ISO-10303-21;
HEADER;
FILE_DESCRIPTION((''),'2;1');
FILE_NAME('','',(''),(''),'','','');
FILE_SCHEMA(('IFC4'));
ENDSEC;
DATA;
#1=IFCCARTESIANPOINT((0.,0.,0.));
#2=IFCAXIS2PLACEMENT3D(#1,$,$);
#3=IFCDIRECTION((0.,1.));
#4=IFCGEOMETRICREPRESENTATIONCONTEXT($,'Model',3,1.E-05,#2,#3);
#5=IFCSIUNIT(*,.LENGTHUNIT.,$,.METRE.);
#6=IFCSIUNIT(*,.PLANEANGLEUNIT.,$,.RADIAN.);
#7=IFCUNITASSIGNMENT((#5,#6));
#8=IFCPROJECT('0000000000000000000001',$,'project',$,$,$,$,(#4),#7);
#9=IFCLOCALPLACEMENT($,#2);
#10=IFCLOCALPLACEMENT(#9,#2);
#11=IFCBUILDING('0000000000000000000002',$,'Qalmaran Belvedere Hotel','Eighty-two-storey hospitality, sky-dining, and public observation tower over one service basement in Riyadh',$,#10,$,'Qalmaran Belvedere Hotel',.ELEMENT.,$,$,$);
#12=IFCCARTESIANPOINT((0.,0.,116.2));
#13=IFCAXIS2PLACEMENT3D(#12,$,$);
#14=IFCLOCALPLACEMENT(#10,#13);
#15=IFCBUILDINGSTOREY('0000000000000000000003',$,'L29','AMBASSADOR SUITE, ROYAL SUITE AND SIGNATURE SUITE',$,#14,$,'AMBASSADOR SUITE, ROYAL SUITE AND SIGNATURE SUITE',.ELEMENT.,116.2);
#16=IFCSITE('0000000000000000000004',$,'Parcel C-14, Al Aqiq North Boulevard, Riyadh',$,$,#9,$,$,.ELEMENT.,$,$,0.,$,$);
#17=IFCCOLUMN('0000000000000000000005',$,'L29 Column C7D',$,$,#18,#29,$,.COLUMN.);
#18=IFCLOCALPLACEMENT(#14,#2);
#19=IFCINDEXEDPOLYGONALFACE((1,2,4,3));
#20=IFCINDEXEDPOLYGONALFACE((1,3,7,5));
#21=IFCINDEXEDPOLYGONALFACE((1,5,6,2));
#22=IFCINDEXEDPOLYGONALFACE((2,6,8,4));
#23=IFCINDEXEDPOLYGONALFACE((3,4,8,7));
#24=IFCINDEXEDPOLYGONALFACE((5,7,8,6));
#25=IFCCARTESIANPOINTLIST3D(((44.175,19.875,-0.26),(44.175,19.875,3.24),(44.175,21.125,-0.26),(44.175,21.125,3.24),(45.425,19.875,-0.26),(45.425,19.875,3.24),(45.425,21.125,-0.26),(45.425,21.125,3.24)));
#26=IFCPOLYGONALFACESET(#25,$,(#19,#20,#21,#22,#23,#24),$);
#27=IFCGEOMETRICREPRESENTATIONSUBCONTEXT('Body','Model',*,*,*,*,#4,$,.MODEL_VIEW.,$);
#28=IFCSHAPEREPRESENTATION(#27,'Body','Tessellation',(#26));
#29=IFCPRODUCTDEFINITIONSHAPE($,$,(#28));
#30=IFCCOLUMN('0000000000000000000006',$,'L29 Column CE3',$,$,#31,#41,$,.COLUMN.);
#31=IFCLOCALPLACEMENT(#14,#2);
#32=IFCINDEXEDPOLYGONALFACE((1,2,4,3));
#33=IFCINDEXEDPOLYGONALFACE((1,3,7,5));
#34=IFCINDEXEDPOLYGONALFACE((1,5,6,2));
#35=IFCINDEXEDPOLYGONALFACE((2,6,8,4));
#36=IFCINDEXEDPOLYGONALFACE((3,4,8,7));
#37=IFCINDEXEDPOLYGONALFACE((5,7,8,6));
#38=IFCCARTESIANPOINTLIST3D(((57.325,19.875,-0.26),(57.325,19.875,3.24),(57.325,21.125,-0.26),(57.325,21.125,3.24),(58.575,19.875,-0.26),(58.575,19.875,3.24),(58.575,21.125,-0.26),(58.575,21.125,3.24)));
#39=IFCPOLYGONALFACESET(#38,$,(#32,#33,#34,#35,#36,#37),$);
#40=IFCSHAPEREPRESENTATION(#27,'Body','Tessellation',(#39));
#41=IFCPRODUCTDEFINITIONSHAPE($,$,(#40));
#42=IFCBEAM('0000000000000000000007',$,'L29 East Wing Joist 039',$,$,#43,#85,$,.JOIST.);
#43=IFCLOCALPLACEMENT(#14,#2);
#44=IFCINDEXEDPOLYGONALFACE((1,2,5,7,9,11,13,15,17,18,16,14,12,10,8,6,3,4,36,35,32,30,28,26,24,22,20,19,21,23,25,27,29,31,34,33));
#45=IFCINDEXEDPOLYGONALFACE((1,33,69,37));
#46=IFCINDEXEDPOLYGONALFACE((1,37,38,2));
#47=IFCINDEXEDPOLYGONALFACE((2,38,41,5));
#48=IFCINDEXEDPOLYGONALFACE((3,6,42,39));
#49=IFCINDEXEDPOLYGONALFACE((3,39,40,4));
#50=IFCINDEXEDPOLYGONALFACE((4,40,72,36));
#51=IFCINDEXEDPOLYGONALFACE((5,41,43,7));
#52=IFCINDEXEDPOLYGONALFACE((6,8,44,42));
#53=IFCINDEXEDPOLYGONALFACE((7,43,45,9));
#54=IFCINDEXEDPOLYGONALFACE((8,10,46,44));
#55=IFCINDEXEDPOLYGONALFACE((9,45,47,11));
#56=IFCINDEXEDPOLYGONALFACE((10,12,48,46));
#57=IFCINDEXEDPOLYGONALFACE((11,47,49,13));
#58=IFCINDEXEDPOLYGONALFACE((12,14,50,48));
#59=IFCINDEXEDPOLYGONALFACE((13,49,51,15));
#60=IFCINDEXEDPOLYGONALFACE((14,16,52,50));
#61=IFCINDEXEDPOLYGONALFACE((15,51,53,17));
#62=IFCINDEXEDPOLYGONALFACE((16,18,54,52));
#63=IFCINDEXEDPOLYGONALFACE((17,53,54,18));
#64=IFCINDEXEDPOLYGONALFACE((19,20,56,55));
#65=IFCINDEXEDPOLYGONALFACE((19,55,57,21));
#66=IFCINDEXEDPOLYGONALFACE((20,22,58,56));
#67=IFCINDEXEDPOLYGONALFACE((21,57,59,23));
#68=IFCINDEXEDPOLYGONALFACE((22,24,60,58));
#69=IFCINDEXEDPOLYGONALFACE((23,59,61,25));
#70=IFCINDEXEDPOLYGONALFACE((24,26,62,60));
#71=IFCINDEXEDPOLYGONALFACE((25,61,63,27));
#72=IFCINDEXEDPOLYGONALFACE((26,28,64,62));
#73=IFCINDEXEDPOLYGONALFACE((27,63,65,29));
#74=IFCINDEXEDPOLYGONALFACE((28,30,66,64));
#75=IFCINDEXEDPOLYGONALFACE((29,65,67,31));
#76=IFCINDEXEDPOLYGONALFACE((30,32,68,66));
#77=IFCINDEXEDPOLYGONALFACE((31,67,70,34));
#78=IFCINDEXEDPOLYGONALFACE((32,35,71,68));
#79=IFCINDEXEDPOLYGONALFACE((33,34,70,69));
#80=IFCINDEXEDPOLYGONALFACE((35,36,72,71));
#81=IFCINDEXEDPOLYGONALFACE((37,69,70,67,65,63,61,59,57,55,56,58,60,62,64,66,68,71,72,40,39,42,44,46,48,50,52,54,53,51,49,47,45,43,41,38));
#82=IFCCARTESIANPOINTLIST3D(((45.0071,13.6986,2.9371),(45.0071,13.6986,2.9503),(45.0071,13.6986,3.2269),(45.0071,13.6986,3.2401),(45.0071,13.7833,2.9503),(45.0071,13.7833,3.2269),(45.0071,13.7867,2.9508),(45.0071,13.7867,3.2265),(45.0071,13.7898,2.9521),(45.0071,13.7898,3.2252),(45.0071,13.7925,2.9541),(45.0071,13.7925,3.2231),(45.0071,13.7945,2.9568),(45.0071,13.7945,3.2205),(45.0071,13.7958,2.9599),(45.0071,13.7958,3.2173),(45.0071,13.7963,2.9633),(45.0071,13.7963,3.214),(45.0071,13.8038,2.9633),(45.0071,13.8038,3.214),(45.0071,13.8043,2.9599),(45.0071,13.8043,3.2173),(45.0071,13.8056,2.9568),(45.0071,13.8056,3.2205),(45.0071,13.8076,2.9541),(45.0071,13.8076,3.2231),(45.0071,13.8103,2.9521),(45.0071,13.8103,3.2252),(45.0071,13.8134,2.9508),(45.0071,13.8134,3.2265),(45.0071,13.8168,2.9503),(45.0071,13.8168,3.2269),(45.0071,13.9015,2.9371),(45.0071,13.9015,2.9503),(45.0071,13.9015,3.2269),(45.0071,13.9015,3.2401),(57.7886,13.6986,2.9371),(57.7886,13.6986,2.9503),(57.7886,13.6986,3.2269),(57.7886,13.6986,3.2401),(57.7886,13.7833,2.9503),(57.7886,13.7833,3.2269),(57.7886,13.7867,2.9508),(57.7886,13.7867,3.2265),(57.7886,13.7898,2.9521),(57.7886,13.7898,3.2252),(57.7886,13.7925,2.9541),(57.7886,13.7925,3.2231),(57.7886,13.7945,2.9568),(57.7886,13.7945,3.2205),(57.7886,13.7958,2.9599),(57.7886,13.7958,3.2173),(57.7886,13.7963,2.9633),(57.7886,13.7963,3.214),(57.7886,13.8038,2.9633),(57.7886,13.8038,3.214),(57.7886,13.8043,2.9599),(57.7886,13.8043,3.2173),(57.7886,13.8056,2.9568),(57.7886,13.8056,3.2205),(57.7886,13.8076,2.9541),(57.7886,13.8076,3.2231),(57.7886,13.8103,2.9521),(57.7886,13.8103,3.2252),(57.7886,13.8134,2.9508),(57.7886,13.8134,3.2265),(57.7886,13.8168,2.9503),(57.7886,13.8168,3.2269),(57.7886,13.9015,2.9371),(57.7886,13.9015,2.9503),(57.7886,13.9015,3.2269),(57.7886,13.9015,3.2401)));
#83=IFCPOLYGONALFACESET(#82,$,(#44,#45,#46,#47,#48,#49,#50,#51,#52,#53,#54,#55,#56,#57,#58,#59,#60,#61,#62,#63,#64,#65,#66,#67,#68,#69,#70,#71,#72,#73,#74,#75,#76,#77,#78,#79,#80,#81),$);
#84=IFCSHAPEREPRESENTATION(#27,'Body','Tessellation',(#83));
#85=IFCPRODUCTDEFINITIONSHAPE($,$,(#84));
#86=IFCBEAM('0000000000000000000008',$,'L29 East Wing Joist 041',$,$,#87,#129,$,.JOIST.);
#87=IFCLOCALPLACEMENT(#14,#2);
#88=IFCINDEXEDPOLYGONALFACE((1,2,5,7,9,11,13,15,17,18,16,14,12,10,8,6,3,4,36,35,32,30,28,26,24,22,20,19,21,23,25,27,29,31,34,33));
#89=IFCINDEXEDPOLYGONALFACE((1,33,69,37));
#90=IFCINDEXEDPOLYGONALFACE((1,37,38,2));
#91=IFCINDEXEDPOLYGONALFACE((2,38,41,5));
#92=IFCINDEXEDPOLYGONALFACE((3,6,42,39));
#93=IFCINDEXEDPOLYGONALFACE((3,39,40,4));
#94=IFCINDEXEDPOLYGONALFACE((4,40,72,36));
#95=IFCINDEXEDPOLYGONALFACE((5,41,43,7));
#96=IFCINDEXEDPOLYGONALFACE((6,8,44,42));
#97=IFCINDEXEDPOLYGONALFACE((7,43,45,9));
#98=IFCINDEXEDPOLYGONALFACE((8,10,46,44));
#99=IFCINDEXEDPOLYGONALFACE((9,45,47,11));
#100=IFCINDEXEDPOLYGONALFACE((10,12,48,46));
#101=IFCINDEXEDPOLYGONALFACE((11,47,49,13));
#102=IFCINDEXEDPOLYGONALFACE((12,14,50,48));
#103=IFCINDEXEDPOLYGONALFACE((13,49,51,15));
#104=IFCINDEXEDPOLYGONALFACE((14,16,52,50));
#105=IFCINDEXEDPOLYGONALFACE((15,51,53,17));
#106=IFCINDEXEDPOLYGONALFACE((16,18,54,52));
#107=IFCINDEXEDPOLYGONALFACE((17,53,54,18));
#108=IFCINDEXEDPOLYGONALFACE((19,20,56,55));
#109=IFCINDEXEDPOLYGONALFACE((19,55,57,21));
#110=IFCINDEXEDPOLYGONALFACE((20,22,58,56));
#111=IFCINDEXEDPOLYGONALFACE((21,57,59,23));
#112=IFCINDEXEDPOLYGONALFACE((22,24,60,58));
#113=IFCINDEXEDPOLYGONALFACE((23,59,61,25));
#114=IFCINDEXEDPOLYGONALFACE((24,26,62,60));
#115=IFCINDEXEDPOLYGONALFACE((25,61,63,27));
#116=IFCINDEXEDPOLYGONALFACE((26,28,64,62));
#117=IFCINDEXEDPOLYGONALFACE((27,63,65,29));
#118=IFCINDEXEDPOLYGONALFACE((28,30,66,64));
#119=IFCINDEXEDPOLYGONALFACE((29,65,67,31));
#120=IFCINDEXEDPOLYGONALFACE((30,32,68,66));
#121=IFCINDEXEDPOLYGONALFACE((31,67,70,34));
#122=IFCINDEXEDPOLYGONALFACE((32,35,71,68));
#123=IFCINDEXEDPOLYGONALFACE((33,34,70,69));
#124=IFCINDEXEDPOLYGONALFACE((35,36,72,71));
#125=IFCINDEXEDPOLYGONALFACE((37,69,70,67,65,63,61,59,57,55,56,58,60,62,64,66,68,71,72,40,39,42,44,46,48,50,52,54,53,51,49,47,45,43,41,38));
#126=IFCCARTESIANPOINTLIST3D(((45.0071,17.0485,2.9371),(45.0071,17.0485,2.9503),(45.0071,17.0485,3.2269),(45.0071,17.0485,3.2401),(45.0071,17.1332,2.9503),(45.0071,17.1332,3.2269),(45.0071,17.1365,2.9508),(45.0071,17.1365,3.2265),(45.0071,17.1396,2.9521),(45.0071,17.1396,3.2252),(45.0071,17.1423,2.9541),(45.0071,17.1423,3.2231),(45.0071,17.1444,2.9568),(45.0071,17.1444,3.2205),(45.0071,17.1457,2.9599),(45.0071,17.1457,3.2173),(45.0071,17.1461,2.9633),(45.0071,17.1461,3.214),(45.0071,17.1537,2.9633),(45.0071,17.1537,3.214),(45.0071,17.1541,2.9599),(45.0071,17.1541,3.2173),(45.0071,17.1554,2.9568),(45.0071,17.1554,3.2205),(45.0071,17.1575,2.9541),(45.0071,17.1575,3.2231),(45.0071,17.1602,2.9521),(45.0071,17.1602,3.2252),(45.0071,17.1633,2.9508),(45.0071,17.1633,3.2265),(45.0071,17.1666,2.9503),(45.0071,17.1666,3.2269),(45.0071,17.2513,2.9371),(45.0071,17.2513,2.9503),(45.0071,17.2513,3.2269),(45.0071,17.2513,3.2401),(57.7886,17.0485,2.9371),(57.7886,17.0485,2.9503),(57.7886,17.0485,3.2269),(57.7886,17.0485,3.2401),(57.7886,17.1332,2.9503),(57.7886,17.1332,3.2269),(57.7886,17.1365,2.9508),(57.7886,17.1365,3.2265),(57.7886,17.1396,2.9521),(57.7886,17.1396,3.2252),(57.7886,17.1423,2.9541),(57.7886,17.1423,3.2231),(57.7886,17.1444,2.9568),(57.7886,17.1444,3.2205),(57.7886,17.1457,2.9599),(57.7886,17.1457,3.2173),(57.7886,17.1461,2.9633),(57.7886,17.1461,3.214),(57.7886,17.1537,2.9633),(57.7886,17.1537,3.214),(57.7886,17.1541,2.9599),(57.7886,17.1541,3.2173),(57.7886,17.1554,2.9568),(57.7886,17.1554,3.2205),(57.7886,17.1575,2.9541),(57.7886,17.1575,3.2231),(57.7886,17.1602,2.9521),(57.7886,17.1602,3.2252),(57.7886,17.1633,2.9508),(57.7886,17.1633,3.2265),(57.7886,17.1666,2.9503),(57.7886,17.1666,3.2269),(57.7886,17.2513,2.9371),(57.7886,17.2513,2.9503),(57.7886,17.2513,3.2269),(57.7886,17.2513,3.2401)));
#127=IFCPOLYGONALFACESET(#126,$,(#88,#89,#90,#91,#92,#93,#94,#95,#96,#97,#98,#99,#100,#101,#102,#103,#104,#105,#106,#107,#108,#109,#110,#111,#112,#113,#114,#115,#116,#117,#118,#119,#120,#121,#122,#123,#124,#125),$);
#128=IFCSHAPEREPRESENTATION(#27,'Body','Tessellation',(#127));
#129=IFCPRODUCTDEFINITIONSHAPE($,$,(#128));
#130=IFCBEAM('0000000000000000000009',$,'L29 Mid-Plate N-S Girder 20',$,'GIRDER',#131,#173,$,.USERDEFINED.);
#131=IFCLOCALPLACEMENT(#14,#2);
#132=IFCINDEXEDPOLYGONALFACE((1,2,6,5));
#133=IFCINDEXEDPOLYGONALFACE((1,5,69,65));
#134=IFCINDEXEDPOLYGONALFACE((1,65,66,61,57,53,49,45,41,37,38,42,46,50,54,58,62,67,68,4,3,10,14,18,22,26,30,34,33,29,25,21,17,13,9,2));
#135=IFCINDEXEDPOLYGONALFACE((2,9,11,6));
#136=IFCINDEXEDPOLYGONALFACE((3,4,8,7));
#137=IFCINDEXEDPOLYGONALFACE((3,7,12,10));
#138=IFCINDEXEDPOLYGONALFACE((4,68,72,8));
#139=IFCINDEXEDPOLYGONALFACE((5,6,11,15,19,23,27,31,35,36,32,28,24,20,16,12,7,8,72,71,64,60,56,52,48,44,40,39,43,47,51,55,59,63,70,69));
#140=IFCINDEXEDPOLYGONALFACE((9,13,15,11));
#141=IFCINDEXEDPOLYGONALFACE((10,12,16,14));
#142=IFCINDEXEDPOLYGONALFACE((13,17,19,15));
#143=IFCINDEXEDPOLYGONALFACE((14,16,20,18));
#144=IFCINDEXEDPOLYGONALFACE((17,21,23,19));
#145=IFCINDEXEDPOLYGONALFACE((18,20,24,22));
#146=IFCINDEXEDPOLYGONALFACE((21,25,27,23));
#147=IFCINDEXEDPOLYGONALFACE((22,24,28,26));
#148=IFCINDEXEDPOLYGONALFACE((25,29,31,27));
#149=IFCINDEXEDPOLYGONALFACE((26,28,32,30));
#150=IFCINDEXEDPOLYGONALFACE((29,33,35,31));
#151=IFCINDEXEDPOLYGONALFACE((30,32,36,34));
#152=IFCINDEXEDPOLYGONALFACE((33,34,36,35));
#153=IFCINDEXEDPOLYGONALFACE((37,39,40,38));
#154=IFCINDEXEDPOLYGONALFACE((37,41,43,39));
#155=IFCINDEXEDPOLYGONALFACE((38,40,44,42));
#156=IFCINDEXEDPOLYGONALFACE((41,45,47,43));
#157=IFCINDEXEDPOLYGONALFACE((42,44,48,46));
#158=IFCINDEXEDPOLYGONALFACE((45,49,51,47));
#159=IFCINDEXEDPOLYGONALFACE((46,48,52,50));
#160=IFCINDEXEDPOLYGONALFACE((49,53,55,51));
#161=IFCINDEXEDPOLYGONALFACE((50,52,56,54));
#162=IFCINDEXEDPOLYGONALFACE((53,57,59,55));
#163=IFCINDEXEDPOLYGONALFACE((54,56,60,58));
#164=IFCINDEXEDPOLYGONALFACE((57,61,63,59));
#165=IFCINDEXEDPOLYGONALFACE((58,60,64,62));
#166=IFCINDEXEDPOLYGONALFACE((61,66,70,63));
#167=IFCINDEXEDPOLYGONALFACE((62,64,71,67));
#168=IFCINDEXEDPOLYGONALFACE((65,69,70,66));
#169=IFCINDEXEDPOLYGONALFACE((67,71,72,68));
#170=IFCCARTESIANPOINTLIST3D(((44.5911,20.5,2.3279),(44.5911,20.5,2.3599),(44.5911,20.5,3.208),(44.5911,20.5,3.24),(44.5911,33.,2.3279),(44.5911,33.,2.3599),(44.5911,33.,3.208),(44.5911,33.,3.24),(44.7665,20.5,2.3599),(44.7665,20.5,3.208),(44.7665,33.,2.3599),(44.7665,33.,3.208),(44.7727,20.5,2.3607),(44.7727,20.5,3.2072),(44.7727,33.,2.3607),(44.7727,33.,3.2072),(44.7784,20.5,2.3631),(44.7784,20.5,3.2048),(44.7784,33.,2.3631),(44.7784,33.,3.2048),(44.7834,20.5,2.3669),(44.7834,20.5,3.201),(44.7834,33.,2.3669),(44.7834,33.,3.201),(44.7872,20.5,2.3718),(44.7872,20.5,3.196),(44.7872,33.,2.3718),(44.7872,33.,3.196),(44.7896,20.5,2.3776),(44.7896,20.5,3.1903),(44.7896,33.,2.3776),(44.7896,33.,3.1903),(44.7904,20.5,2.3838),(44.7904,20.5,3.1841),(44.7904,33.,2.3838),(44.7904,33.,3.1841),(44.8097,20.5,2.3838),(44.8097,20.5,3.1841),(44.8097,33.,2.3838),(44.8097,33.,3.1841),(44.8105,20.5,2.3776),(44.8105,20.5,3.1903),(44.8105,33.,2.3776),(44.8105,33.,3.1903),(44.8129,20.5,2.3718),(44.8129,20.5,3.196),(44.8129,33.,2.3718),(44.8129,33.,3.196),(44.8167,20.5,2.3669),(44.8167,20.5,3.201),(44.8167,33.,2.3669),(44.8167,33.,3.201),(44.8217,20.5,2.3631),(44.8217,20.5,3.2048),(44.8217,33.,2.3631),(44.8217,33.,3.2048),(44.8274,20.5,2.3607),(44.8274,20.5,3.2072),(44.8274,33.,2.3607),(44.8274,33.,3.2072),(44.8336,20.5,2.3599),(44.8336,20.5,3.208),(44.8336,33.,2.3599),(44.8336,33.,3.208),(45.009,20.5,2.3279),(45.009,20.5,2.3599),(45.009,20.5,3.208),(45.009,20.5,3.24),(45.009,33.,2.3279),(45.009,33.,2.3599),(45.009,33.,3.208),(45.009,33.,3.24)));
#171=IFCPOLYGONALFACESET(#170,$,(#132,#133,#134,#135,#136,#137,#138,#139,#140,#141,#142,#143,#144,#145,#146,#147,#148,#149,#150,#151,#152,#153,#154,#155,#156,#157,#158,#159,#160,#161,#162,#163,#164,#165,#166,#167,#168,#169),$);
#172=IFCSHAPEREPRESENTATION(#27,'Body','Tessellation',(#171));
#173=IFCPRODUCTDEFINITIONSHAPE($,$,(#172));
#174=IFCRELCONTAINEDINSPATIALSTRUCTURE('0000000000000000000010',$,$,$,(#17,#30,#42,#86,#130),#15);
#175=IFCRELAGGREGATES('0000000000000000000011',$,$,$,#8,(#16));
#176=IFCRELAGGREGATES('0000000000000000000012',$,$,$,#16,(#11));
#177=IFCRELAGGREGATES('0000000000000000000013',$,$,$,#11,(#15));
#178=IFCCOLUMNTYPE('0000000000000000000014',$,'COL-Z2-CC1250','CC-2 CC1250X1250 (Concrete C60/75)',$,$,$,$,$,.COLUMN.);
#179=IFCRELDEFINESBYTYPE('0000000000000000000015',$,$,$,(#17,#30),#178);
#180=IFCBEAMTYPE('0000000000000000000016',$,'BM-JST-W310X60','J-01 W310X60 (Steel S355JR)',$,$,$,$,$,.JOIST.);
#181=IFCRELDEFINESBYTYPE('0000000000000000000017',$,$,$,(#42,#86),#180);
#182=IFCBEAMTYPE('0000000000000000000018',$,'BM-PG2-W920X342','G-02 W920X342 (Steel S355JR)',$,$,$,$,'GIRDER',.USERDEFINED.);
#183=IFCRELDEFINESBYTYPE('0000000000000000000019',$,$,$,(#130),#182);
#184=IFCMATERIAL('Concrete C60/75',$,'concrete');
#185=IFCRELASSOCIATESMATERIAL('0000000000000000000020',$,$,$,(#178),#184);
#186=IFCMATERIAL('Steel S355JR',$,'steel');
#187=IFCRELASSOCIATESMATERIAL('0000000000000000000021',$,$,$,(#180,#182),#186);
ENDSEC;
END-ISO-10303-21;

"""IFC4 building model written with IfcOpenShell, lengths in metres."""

from ifc_helpers import new_model, si_unit, direction, frame, origin, origin_2d, place, context, subcontext, project, spatial, rectangle, i_section, extrude, material, material_profile, profile_set, type_object, element, save


model = new_model("IFC4")

# Units and contexts
model_context = context("Model", 3, precision=1e-05, world=origin(), true_north=direction((0.0, 1.0)))
body_context = subcontext(model_context, "Body", "Model", "MODEL_VIEW")
ifc_project = project(units=[si_unit("LENGTHUNIT", "METRE"), si_unit("PLANEANGLEUNIT", "RADIAN")], contexts=[model_context])

# Site, building, storey
site_placement = place(None, origin())
site = spatial("IfcSite", under=ifc_project, at=site_placement, Name="Parcel C-14, Al Aqiq North Boulevard, Riyadh", CompositionType="ELEMENT", RefElevation=0.0)
building_placement = place(site_placement, origin())
building = spatial("IfcBuilding", under=site, at=building_placement, Name="Qalmaran Belvedere Hotel", Description="Eighty-two-storey hospitality, sky-dining, and public observation tower over one service basement in Riyadh", LongName="Qalmaran Belvedere Hotel", CompositionType="ELEMENT")
storey_placement = place(building_placement, frame((0.0, 0.0, 116.2)))
storey = spatial("IfcBuildingStorey", under=building, at=storey_placement, Name="L29", Description="AMBASSADOR SUITE, ROYAL SUITE AND SIGNATURE SUITE", LongName="AMBASSADOR SUITE, ROYAL SUITE AND SIGNATURE SUITE", CompositionType="ELEMENT", Elevation=116.2)

# Columns
ifc_material_1 = material(Name="Concrete C60/75", Category="concrete")
ifc_material_profile_1 = material_profile(ifc_material_1, rectangle(XDim=1.25, YDim=1.25, at=origin_2d()), Name="CC1250X1250")
ifc_profile_set_1 = profile_set([ifc_material_profile_1], Name="Concrete C60/75")
column_type = type_object("IfcColumnType", Name="COL-Z2-CC1250", Description="CC-2 CC1250X1250 (Concrete C60/75)", PredefinedType="COLUMN", material=ifc_profile_set_1)
for number, where, z_axis, x_axis, name in (
    (1, (44.8, 20.5, -0.26), (0.0, 0.0, 1.0), (1.0, 0.0, 0.0), "L29 Column C7D"),
    (2, (57.95, 20.5, -0.26), (0.0, 0.0, 1.0), (1.0, 0.0, 0.0), "L29 Column CE3"),
):
    element("IfcColumn", number, at=place(storey_placement, frame(where, z_axis=z_axis, x_axis=x_axis)), inside=storey, type_object=column_type, Name=name, PredefinedType="COLUMN", context=body_context, shape_type="SweptSolid", body=[
        extrude(rectangle(XDim=1.25, YDim=1.25, at=origin_2d()), origin(), (0.0, 0.0, 1.0), 3.5),
    ])

# Beams
ifc_material_2 = material(Name="Steel S355JR", Category="steel")
ifc_material_profile_2 = material_profile(ifc_material_2, i_section(OverallWidth=0.2029, OverallDepth=0.303, WebThickness=0.0076, FlangeThickness=0.0132, FilletRadius=0.0129, at=origin_2d()), Name="W310X60")
ifc_profile_set_2 = profile_set([ifc_material_profile_2], Name="Steel S355JR")
beam_type_1 = type_object("IfcBeamType", Name="BM-JST-W310X60", Description="J-01 W310X60 (Steel S355JR)", PredefinedType="JOIST", material=ifc_profile_set_2)
for number, where, z_axis, x_axis, name in (
    (3, (45.0071, 13.8, 3.0886), (1.0, 0.0, 0.0), (0.0, 1.0, 0.0), "L29 East Wing Joist 039"),
    (4, (45.0071, 17.1499, 3.0886), (1.0, 0.0, 0.0), (0.0, 1.0, 0.0), "L29 East Wing Joist 041"),
):
    element("IfcBeam", number, at=place(storey_placement, frame(where, z_axis=z_axis, x_axis=x_axis)), inside=storey, type_object=beam_type_1, Name=name, PredefinedType="JOIST", context=body_context, shape_type="SweptSolid", body=[
        extrude(i_section(OverallWidth=0.2029, OverallDepth=0.303, WebThickness=0.0076, FlangeThickness=0.0132, FilletRadius=0.0129, at=origin_2d()), origin(), (0.0, 0.0, 1.0), 12.7815),
    ])
ifc_material_profile_3 = material_profile(ifc_material_2, i_section(OverallWidth=0.418, OverallDepth=0.9121, WebThickness=0.0193, FlangeThickness=0.032, FilletRadius=0.0239, at=origin_2d()), Name="W920X342")
ifc_profile_set_3 = profile_set([ifc_material_profile_3], Name="Steel S355JR")
beam_type_2 = type_object("IfcBeamType", Name="BM-PG2-W920X342", Description="G-02 W920X342 (Steel S355JR)", ElementType="GIRDER", PredefinedType="USERDEFINED", material=ifc_profile_set_3)
beam_1_placement = place(storey_placement, frame((44.8, 20.5, 2.7839), z_axis=(0.0, 1.0, 0.0), x_axis=(-1.0, 0.0, 0.0)))
element("IfcBeam", 5, at=beam_1_placement, inside=storey, type_object=beam_type_2, Name="L29 Mid-Plate N-S Girder 20", ObjectType="GIRDER", PredefinedType="USERDEFINED", context=body_context, shape_type="SweptSolid", body=[
    extrude(i_section(OverallWidth=0.418, OverallDepth=0.9121, WebThickness=0.0193, FlangeThickness=0.032, FilletRadius=0.0239, at=origin_2d()), origin(), (0.0, 0.0, 1.0), 12.5),
])

save(model, "model.ifc")
